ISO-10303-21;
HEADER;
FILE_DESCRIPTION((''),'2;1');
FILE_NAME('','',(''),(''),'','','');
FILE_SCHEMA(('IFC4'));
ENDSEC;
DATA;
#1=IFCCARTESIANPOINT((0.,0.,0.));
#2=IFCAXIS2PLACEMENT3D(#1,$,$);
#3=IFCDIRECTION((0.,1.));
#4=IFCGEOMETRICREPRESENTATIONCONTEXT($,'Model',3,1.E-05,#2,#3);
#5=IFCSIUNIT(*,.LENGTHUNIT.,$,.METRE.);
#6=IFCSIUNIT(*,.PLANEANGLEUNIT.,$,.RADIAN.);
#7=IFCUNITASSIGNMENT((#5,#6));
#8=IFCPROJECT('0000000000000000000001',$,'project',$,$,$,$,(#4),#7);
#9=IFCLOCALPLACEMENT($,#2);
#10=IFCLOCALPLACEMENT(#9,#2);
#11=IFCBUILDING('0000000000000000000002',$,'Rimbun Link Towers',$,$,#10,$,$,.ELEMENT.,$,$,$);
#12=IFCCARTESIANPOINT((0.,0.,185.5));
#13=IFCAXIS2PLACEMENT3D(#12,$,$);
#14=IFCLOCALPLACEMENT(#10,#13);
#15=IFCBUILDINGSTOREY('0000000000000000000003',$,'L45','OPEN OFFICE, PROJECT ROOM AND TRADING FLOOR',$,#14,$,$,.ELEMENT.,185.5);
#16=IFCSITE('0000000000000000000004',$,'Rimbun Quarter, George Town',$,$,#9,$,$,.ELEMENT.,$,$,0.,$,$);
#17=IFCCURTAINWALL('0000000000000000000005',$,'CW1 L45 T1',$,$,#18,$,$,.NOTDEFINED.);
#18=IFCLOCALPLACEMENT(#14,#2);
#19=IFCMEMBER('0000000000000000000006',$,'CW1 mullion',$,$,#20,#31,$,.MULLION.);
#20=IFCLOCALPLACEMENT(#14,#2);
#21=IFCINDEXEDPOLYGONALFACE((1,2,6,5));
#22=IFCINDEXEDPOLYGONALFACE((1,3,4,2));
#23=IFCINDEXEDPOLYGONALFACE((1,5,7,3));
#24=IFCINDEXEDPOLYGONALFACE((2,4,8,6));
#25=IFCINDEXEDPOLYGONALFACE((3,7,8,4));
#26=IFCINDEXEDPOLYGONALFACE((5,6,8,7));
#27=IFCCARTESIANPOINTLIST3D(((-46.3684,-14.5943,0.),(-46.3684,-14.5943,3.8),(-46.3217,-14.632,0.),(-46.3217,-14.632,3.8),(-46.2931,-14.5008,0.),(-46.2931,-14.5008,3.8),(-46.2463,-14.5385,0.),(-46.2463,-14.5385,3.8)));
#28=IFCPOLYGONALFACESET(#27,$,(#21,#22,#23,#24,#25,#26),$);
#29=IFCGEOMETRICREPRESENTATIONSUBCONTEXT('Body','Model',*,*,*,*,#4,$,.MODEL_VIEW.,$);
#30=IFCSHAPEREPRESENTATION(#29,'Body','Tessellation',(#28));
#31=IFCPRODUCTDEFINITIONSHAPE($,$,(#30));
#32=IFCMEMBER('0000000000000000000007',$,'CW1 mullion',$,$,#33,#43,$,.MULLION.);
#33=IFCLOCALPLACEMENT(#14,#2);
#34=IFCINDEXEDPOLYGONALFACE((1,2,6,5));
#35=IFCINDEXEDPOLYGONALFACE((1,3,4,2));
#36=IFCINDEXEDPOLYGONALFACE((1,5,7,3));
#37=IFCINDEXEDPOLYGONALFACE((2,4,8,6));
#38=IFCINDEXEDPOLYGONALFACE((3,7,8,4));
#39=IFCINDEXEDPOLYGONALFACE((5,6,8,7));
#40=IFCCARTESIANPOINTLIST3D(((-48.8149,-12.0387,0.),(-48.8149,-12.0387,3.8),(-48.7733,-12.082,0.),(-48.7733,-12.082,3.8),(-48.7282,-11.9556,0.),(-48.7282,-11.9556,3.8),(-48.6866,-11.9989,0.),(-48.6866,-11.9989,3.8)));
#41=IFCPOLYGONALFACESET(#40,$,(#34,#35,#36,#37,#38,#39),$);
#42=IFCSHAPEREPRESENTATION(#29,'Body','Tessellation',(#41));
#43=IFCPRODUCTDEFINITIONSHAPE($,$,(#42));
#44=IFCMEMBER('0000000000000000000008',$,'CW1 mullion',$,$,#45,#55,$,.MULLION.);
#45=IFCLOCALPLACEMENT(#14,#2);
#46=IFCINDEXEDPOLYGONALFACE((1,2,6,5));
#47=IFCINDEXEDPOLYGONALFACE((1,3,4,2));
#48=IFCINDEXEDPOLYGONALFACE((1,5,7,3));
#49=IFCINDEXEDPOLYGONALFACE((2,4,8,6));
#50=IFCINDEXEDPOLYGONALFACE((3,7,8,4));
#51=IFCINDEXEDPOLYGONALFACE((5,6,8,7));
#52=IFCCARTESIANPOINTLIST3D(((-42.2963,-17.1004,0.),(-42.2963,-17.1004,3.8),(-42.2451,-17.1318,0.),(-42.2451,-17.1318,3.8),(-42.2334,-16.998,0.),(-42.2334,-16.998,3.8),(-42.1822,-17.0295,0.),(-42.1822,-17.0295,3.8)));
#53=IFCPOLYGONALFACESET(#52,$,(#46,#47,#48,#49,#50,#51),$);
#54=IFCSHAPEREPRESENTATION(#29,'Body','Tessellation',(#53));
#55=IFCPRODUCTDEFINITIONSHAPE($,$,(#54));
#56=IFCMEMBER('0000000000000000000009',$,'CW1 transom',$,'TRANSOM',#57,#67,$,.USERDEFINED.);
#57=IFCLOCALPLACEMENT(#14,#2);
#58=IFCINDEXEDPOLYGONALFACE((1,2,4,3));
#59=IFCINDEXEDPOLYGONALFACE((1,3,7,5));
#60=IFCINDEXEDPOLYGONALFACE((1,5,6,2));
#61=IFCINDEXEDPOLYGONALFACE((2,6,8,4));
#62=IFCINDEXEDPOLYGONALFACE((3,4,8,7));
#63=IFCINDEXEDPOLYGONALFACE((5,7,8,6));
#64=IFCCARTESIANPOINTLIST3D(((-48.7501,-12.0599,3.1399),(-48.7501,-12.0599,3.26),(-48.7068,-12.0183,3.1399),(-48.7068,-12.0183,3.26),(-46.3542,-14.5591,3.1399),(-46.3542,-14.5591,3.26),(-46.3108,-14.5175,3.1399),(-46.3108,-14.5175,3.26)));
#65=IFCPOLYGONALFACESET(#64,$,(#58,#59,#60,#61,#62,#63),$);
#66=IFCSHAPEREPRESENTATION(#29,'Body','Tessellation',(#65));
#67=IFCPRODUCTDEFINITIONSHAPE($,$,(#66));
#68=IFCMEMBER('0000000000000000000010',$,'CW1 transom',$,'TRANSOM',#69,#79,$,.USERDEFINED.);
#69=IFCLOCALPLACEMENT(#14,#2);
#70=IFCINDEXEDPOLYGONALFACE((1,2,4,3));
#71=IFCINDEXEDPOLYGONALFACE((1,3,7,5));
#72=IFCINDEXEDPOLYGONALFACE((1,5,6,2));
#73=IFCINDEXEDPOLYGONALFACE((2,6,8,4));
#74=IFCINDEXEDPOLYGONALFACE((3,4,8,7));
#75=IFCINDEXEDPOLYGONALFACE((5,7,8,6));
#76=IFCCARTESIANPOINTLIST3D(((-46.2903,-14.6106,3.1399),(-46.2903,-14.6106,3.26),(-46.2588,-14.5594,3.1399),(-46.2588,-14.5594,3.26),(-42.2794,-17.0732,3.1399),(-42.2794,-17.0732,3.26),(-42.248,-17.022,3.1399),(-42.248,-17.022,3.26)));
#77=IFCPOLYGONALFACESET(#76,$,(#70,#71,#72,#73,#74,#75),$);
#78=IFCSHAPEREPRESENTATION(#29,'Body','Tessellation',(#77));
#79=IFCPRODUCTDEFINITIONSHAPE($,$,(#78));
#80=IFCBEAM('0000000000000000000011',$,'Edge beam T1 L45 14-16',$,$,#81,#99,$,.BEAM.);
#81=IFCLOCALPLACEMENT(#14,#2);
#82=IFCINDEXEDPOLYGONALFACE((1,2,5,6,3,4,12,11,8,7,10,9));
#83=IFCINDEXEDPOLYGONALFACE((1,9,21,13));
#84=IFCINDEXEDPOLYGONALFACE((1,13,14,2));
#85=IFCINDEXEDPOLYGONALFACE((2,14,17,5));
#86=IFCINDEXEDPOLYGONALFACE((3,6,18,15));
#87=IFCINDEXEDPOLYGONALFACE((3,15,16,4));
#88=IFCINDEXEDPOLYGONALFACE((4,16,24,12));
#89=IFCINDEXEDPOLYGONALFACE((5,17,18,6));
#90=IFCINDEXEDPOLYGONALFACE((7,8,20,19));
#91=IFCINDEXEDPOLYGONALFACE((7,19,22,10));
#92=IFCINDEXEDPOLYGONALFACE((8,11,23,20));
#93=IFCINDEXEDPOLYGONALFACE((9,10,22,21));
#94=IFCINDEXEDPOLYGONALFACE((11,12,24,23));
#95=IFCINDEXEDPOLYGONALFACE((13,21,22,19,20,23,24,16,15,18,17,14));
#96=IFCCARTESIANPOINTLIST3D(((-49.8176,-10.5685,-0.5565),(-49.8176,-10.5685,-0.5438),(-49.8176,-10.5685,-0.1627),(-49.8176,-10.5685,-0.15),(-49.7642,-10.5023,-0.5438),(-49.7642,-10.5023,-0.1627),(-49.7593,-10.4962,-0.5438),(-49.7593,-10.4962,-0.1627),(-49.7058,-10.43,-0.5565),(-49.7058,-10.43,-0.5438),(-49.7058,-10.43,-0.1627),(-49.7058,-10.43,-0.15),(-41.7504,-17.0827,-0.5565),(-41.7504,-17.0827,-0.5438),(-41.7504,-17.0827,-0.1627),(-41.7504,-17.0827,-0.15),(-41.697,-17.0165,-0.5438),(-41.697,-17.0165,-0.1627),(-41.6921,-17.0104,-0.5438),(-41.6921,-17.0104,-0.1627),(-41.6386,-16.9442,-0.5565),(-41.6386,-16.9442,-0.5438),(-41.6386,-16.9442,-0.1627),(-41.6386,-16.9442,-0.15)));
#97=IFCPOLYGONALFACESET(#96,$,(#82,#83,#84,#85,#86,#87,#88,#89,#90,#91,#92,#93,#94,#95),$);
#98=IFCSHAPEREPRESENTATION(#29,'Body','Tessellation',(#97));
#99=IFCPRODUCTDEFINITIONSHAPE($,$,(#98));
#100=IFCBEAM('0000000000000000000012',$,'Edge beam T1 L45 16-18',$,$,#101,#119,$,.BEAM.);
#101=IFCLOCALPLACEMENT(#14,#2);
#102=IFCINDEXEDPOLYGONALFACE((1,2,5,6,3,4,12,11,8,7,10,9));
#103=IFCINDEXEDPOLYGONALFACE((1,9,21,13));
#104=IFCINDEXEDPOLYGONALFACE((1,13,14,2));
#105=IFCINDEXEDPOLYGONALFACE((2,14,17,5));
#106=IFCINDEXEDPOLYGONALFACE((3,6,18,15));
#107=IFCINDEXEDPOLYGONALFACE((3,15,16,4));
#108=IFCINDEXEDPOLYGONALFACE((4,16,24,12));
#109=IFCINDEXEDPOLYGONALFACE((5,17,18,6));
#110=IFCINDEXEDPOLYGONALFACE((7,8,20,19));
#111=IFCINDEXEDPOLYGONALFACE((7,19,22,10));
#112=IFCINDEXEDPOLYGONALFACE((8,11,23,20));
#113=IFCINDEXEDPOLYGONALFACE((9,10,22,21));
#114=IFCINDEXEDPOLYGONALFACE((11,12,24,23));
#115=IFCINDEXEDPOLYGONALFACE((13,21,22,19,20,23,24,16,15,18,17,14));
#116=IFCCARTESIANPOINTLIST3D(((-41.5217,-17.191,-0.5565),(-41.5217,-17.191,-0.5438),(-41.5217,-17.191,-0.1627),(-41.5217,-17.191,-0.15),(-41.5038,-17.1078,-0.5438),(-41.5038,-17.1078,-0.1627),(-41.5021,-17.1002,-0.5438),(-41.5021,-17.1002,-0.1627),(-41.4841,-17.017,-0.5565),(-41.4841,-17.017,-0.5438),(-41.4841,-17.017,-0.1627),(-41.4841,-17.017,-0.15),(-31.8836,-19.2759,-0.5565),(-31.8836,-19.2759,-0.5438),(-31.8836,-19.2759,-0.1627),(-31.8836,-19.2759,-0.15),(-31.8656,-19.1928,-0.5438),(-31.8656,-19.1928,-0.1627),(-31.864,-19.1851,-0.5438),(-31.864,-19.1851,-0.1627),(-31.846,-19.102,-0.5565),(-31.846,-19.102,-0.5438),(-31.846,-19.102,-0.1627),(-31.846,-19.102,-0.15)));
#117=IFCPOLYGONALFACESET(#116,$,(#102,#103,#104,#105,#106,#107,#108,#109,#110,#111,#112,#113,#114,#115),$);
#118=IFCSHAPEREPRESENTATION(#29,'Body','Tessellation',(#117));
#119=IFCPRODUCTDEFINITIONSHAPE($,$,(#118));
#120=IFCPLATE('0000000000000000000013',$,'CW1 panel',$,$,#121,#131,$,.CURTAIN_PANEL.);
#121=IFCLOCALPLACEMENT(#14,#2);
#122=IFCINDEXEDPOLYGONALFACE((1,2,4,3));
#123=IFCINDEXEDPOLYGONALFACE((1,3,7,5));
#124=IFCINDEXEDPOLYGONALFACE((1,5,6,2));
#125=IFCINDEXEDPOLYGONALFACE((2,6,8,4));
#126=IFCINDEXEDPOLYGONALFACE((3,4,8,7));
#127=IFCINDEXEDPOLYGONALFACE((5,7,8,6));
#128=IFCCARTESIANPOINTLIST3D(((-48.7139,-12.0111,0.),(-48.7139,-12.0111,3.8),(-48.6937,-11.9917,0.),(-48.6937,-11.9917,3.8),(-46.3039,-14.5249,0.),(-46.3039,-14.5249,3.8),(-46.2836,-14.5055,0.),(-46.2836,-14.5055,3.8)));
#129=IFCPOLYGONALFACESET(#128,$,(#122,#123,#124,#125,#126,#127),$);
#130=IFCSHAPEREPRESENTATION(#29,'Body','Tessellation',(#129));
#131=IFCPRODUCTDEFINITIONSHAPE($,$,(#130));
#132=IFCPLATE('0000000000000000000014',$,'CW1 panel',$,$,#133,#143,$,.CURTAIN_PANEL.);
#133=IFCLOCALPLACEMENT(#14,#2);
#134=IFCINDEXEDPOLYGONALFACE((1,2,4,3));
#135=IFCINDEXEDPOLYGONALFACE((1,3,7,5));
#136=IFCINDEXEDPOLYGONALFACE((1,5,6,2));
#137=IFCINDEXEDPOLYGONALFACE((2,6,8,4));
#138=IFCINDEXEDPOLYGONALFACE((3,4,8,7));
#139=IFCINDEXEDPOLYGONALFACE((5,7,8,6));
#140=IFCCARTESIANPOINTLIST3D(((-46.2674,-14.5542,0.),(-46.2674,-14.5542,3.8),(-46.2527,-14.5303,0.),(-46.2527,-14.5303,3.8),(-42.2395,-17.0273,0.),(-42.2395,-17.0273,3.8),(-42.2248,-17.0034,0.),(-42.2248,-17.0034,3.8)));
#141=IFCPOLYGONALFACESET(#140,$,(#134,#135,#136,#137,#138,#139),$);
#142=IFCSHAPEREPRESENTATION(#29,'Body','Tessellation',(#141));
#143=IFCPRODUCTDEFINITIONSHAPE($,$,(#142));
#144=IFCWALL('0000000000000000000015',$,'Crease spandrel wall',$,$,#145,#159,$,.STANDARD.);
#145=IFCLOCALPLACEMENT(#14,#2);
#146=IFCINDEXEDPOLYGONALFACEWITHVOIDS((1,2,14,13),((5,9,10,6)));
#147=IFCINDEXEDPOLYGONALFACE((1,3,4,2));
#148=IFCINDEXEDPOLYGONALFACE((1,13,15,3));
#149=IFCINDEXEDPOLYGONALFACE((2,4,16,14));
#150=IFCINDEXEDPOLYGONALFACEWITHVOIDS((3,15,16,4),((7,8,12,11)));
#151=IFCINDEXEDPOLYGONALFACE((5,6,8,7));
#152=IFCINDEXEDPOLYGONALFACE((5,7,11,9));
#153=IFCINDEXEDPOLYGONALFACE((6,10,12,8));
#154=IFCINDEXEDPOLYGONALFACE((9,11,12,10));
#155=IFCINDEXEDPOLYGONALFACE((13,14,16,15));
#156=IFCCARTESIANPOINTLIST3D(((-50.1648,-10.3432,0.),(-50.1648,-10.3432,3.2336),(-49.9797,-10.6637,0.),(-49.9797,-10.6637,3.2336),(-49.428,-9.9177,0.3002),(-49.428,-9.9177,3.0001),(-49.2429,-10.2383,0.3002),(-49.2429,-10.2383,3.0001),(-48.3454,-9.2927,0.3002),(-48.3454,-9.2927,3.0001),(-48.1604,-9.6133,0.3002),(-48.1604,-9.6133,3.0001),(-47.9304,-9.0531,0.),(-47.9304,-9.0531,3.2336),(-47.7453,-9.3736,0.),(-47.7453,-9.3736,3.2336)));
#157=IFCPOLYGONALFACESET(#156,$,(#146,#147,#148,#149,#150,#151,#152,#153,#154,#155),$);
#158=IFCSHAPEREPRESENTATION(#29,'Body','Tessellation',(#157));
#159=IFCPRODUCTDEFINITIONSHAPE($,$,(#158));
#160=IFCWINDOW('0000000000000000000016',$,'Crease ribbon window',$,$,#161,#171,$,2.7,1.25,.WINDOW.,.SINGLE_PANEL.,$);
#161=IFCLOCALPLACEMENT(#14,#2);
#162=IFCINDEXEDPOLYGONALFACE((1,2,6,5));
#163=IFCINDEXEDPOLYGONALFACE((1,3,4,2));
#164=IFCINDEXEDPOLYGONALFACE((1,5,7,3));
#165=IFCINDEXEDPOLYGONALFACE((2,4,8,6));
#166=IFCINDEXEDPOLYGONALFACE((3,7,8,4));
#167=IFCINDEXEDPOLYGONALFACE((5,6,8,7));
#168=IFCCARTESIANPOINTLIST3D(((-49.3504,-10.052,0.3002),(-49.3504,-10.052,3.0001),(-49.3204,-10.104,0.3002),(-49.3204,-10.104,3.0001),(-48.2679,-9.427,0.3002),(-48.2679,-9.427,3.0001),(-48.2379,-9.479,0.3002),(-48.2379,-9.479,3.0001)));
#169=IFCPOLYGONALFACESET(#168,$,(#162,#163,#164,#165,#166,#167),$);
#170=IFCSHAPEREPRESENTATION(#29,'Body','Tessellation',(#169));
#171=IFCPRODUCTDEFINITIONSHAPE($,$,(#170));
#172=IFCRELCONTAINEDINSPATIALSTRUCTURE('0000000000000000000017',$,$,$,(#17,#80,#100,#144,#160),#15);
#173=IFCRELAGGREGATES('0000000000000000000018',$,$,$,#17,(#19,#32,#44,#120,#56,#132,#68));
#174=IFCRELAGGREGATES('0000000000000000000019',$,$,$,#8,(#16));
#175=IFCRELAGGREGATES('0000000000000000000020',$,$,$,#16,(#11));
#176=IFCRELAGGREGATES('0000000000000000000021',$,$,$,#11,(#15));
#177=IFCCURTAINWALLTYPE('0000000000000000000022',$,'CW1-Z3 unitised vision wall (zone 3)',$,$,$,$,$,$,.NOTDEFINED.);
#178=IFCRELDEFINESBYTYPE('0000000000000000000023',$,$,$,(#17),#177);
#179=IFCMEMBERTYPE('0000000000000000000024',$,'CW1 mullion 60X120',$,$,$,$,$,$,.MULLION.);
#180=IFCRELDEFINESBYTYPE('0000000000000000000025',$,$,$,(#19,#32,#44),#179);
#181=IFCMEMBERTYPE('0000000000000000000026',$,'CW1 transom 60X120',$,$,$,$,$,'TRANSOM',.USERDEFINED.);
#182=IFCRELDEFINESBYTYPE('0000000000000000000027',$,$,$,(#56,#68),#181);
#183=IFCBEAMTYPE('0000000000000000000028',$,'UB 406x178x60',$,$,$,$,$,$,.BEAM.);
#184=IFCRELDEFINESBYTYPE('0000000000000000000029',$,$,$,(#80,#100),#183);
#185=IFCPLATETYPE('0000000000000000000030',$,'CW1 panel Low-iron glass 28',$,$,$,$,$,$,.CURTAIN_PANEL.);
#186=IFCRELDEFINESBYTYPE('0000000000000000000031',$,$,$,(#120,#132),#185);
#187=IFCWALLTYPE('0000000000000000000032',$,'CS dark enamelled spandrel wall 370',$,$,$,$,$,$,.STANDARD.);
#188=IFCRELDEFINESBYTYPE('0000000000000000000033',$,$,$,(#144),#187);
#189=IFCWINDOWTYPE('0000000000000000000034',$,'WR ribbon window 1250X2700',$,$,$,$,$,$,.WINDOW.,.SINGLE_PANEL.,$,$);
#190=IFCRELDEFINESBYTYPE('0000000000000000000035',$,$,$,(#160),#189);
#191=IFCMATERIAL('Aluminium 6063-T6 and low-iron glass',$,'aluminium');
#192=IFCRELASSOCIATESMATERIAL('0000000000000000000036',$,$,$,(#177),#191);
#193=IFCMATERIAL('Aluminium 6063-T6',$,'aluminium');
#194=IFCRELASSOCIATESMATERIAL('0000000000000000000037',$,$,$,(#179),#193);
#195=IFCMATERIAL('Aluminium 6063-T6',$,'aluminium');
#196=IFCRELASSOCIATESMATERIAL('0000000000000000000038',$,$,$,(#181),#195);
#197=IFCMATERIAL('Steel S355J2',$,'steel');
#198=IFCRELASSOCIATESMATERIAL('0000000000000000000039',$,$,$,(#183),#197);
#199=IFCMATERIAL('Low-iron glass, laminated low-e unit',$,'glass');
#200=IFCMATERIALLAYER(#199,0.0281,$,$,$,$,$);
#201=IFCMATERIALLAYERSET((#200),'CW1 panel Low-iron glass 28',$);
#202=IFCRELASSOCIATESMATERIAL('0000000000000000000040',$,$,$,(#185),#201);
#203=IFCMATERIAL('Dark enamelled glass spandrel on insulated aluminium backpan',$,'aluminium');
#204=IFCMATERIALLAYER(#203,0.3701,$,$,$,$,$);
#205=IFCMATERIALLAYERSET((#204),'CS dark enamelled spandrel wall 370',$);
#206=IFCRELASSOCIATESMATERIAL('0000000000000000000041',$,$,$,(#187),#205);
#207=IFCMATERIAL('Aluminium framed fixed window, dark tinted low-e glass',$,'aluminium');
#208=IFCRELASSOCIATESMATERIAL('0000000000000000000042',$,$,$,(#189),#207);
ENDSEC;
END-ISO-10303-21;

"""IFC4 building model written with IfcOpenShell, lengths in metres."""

from ifc_helpers import new_model, si_unit, direction, frame, frame_2d, origin, origin_2d, place, context, subcontext, project, spatial, rectangle, i_section, extrude, material, layer, layer_set, material_profile, profile_set, type_object, element, fill, aggregate, save


model = new_model("IFC4")

# Units and contexts
model_context = context("Model", 3, precision=1e-05, world=origin(), true_north=direction((0.0, 1.0)))
body_context = subcontext(model_context, "Body", "Model", "MODEL_VIEW")
ifc_project = project(units=[si_unit("LENGTHUNIT", "METRE"), si_unit("PLANEANGLEUNIT", "RADIAN")], contexts=[model_context])

# Site, building, storey
site_placement = place(None, origin())
site = spatial("IfcSite", under=ifc_project, at=site_placement, Name="Rimbun Quarter, George Town", CompositionType="ELEMENT", RefElevation=0.0)
building_placement = place(site_placement, origin())
building = spatial("IfcBuilding", under=site, at=building_placement, Name="Rimbun Link Towers", CompositionType="ELEMENT")
storey_placement = place(building_placement, frame((0.0, 0.0, 185.5)))
storey = spatial("IfcBuildingStorey", under=building, at=storey_placement, Name="L45", Description="OPEN OFFICE, PROJECT ROOM AND TRADING FLOOR", CompositionType="ELEMENT", Elevation=185.5)

# Curtain wall, members
ifc_material_1 = material(Name="Aluminium 6063-T6 and low-iron glass", Category="aluminium")
curtain_wall_type = type_object("IfcCurtainWallType", Name="CW1-Z3 unitised vision wall (zone 3)", PredefinedType="NOTDEFINED", material=ifc_material_1)
curtain_wall_placement = place(storey_placement, origin())
curtain_wall = element("IfcCurtainWall", 1, at=curtain_wall_placement, inside=storey, type_object=curtain_wall_type, Name="CW1 L45 T1", PredefinedType="NOTDEFINED")
ifc_material_2 = material(Name="Aluminium 6063-T6", Category="aluminium")
ifc_material_profile_1 = material_profile(ifc_material_2, rectangle(XDim=0.1201, YDim=0.0601, at=origin_2d()), Name="MULLION 60X120")
ifc_profile_set_1 = profile_set([ifc_material_profile_1], Name="Aluminium 6063-T6")
member_type_1 = type_object("IfcMemberType", Name="CW1 mullion 60X120", PredefinedType="MULLION", material=ifc_profile_set_1)
member_1_placement = place(storey_placement, frame((-46.3074, -14.5664, 0.0), z_axis=(0.0, 0.0, 1.0), x_axis=(-0.627666, -0.778483, 0.0)))
member_1 = element("IfcMember", 2, at=member_1_placement, type_object=member_type_1, Name="CW1 mullion", PredefinedType="MULLION", context=body_context, shape_type="SweptSolid", body=[
    extrude(rectangle(XDim=0.1201, YDim=0.0601, at=origin_2d()), origin(), (0.0, 0.0, 1.0), 3.8),
])
member_2_placement = place(storey_placement, frame((-48.7507, -12.0188, 0.0), z_axis=(0.0, 0.0, 1.0), x_axis=(-0.721843, -0.692057, 0.0)))
member_2 = element("IfcMember", 3, at=member_2_placement, type_object=member_type_1, Name="CW1 mullion", PredefinedType="MULLION", context=body_context, shape_type="SweptSolid", body=[
    extrude(rectangle(XDim=0.1201, YDim=0.0601, at=origin_2d()), origin(), (0.0, 0.0, 1.0), 3.8),
])
member_3_placement = place(storey_placement, frame((-42.2393, -17.0649, 0.0), z_axis=(0.0, 0.0, 1.0), x_axis=(-0.523235, -0.852189, 0.0)))
member_3 = element("IfcMember", 4, at=member_3_placement, type_object=member_type_1, Name="CW1 mullion", PredefinedType="MULLION", context=body_context, shape_type="SweptSolid", body=[
    extrude(rectangle(XDim=0.1201, YDim=0.0601, at=origin_2d()), origin(), (0.0, 0.0, 1.0), 3.8),
])
ifc_material_3 = material(Name="Aluminium 6063-T6", Category="aluminium")
ifc_material_profile_2 = material_profile(ifc_material_3, rectangle(XDim=0.0601, YDim=0.1201, at=origin_2d()), Name="TRANSOM 60X120")
ifc_profile_set_2 = profile_set([ifc_material_profile_2], Name="Aluminium 6063-T6")
member_type_2 = type_object("IfcMemberType", Name="CW1 transom 60X120", ElementType="TRANSOM", PredefinedType="USERDEFINED", material=ifc_profile_set_2)
member_4_placement = place(storey_placement, frame((-46.3325, -14.5383, 3.2), z_axis=(-0.692036, 0.721863, 0.0), x_axis=(-0.721863, -0.692036, 0.0)))
member_4 = element("IfcMember", 5, at=member_4_placement, type_object=member_type_2, Name="CW1 transom", ObjectType="TRANSOM", PredefinedType="USERDEFINED", context=body_context, shape_type="SweptSolid", body=[
    extrude(rectangle(XDim=0.0601, YDim=0.1201, at=origin_2d()), origin(), (0.0, 0.0, 1.0), 3.4622),
])
member_5_placement = place(storey_placement, frame((-42.2637, -17.0476, 3.2), z_axis=(-0.852194, 0.523226, 0.0), x_axis=(-0.523226, -0.852194, 0.0)))
member_5 = element("IfcMember", 6, at=member_5_placement, type_object=member_type_2, Name="CW1 transom", ObjectType="TRANSOM", PredefinedType="USERDEFINED", context=body_context, shape_type="SweptSolid", body=[
    extrude(rectangle(XDim=0.0601, YDim=0.1201, at=origin_2d()), origin(), (0.0, 0.0, 1.0), 4.7065),
])

# Beams
ifc_material_4 = material(Name="Steel S355J2", Category="steel")
ifc_material_profile_3 = material_profile(ifc_material_4, i_section(OverallWidth=0.178, OverallDepth=0.4065, WebThickness=0.0078, FlangeThickness=0.0127, at=origin_2d()), Name="UB 406x178x60")
ifc_profile_set_3 = profile_set([ifc_material_profile_3], Name="Steel S355J2")
beam_type = type_object("IfcBeamType", Name="UB 406x178x60", PredefinedType="BEAM", material=ifc_profile_set_3)
beam_1_placement = place(storey_placement, frame((-49.7617, -10.4993, -0.3533), z_axis=(0.778017, -0.628243, 0.0), x_axis=(0.628243, 0.778017, 0.0)))
element("IfcBeam", 7, at=beam_1_placement, inside=storey, type_object=beam_type, Name="Edge beam T1 L45 14-16", PredefinedType="BEAM", context=body_context, shape_type="SweptSolid", body=[
    extrude(i_section(OverallWidth=0.178, OverallDepth=0.4065, WebThickness=0.0078, FlangeThickness=0.0127, at=origin_2d()), origin(), (0.0, 0.0, 1.0), 10.3689),
])
beam_2_placement = place(storey_placement, frame((-41.5029, -17.104, -0.3533), z_axis=(0.977393, -0.211433, 0.0), x_axis=(0.211433, 0.977393, 0.0)))
element("IfcBeam", 8, at=beam_2_placement, inside=storey, type_object=beam_type, Name="Edge beam T1 L45 16-18", PredefinedType="BEAM", context=body_context, shape_type="SweptSolid", body=[
    extrude(i_section(OverallWidth=0.178, OverallDepth=0.4065, WebThickness=0.0078, FlangeThickness=0.0127, at=origin_2d()), origin(), (0.0, 0.0, 1.0), 9.8611),
])

# Plates
ifc_material_5 = material(Name="Low-iron glass, laminated low-e unit", Category="glass")
ifc_layer_1 = layer(ifc_material_5, 0.0281)
ifc_layer_set_1 = layer_set([ifc_layer_1], Name="CW1 panel Low-iron glass 28")
plate_type = type_object("IfcPlateType", Name="CW1 panel Low-iron glass 28", PredefinedType="CURTAIN_PANEL", material=ifc_layer_set_1)
plate_1_placement = place(storey_placement, frame((-47.4988, -13.2583, 0.0), z_axis=(0.0, 0.0, 1.0), x_axis=(-0.692057, 0.721843, 0.0)))
plate_1 = element("IfcPlate", 9, at=plate_1_placement, type_object=plate_type, Name="CW1 panel", PredefinedType="CURTAIN_PANEL", context=body_context, shape_type="SweptSolid", body=[
    extrude(rectangle(XDim=3.4824, YDim=0.0281, at=origin_2d()), origin(), (0.0, 0.0, 1.0), 3.8),
])
plate_2_placement = place(storey_placement, frame((-44.2461, -15.7788, 0.0), z_axis=(0.0, 0.0, 1.0), x_axis=(-0.852189, 0.523235, 0.0)))
plate_2 = element("IfcPlate", 10, at=plate_2_placement, type_object=plate_type, Name="CW1 panel", PredefinedType="CURTAIN_PANEL", context=body_context, shape_type="SweptSolid", body=[
    extrude(rectangle(XDim=4.7266, YDim=0.0281, at=origin_2d()), origin(), (0.0, 0.0, 1.0), 3.8),
])
aggregate(curtain_wall, [member_1, member_2, member_3, plate_1, member_4, plate_2, member_5])

# Wall, opening, window
ifc_material_6 = material(Name="Dark enamelled glass spandrel on insulated aluminium backpan", Category="aluminium")
ifc_layer_2 = layer(ifc_material_6, 0.3701)
ifc_layer_set_2 = layer_set([ifc_layer_2], Name="CS dark enamelled spandrel wall 370")
wall_type = type_object("IfcWallType", Name="CS dark enamelled spandrel wall 370", PredefinedType="STANDARD", material=ifc_layer_set_2)
wall_placement = place(storey_placement, frame((-50.0723, -10.5034, 0.0), z_axis=(0.0, 0.0, 1.0), x_axis=(0.866022, 0.500006, 0.0)))
wall = element("IfcWall", 11, at=wall_placement, inside=storey, type_object=wall_type, Name="Crease spandrel wall", PredefinedType="STANDARD", context=body_context, shape_type="SweptSolid", body=[
    extrude(rectangle(XDim=2.5801, YDim=0.3701, at=frame_2d((1.29, 0.0))), origin(), (0.0, 0.0, 1.0), 3.2336),
])
opening_placement = place(wall_placement, frame((0.8508, 0.0, 0.3)))
opening = element("IfcOpeningElement", 12, at=opening_placement, cuts=wall, PredefinedType="OPENING", context=body_context, shape_type="SweptSolid", body=[
    extrude(rectangle(XDim=1.25, YDim=2.7, at=frame_2d((0.625, 1.3501))), frame((0.0, 0.1951, 0.0), z_axis=(0.0, -1.0, 0.0), x_axis=(1.0, 0.0, 0.0)), (0.0, 0.0, 1.0), 0.3901),
])
ifc_material_7 = material(Name="Aluminium framed fixed window, dark tinted low-e glass", Category="aluminium")
window_type = type_object("IfcWindowType", Name="WR ribbon window 1250X2700", PartitioningType="SINGLE_PANEL", PredefinedType="WINDOW", material=ifc_material_7)
window_placement = place(opening_placement, origin())
window = element("IfcWindow", 13, at=window_placement, inside=storey, type_object=window_type, Name="Crease ribbon window", OverallHeight=2.7, OverallWidth=1.25, PartitioningType="SINGLE_PANEL", PredefinedType="WINDOW", context=body_context, shape_type="SweptSolid", body=[
    extrude(rectangle(XDim=1.25, YDim=2.7, at=frame_2d((0.625, 1.3501))), frame((0.0, 0.03, 0.0), z_axis=(0.0, -1.0, 0.0), x_axis=(1.0, 0.0, 0.0)), (0.0, 0.0, 1.0), 0.0601),
])
fill(opening, window)

save(model, "model.ifc")
